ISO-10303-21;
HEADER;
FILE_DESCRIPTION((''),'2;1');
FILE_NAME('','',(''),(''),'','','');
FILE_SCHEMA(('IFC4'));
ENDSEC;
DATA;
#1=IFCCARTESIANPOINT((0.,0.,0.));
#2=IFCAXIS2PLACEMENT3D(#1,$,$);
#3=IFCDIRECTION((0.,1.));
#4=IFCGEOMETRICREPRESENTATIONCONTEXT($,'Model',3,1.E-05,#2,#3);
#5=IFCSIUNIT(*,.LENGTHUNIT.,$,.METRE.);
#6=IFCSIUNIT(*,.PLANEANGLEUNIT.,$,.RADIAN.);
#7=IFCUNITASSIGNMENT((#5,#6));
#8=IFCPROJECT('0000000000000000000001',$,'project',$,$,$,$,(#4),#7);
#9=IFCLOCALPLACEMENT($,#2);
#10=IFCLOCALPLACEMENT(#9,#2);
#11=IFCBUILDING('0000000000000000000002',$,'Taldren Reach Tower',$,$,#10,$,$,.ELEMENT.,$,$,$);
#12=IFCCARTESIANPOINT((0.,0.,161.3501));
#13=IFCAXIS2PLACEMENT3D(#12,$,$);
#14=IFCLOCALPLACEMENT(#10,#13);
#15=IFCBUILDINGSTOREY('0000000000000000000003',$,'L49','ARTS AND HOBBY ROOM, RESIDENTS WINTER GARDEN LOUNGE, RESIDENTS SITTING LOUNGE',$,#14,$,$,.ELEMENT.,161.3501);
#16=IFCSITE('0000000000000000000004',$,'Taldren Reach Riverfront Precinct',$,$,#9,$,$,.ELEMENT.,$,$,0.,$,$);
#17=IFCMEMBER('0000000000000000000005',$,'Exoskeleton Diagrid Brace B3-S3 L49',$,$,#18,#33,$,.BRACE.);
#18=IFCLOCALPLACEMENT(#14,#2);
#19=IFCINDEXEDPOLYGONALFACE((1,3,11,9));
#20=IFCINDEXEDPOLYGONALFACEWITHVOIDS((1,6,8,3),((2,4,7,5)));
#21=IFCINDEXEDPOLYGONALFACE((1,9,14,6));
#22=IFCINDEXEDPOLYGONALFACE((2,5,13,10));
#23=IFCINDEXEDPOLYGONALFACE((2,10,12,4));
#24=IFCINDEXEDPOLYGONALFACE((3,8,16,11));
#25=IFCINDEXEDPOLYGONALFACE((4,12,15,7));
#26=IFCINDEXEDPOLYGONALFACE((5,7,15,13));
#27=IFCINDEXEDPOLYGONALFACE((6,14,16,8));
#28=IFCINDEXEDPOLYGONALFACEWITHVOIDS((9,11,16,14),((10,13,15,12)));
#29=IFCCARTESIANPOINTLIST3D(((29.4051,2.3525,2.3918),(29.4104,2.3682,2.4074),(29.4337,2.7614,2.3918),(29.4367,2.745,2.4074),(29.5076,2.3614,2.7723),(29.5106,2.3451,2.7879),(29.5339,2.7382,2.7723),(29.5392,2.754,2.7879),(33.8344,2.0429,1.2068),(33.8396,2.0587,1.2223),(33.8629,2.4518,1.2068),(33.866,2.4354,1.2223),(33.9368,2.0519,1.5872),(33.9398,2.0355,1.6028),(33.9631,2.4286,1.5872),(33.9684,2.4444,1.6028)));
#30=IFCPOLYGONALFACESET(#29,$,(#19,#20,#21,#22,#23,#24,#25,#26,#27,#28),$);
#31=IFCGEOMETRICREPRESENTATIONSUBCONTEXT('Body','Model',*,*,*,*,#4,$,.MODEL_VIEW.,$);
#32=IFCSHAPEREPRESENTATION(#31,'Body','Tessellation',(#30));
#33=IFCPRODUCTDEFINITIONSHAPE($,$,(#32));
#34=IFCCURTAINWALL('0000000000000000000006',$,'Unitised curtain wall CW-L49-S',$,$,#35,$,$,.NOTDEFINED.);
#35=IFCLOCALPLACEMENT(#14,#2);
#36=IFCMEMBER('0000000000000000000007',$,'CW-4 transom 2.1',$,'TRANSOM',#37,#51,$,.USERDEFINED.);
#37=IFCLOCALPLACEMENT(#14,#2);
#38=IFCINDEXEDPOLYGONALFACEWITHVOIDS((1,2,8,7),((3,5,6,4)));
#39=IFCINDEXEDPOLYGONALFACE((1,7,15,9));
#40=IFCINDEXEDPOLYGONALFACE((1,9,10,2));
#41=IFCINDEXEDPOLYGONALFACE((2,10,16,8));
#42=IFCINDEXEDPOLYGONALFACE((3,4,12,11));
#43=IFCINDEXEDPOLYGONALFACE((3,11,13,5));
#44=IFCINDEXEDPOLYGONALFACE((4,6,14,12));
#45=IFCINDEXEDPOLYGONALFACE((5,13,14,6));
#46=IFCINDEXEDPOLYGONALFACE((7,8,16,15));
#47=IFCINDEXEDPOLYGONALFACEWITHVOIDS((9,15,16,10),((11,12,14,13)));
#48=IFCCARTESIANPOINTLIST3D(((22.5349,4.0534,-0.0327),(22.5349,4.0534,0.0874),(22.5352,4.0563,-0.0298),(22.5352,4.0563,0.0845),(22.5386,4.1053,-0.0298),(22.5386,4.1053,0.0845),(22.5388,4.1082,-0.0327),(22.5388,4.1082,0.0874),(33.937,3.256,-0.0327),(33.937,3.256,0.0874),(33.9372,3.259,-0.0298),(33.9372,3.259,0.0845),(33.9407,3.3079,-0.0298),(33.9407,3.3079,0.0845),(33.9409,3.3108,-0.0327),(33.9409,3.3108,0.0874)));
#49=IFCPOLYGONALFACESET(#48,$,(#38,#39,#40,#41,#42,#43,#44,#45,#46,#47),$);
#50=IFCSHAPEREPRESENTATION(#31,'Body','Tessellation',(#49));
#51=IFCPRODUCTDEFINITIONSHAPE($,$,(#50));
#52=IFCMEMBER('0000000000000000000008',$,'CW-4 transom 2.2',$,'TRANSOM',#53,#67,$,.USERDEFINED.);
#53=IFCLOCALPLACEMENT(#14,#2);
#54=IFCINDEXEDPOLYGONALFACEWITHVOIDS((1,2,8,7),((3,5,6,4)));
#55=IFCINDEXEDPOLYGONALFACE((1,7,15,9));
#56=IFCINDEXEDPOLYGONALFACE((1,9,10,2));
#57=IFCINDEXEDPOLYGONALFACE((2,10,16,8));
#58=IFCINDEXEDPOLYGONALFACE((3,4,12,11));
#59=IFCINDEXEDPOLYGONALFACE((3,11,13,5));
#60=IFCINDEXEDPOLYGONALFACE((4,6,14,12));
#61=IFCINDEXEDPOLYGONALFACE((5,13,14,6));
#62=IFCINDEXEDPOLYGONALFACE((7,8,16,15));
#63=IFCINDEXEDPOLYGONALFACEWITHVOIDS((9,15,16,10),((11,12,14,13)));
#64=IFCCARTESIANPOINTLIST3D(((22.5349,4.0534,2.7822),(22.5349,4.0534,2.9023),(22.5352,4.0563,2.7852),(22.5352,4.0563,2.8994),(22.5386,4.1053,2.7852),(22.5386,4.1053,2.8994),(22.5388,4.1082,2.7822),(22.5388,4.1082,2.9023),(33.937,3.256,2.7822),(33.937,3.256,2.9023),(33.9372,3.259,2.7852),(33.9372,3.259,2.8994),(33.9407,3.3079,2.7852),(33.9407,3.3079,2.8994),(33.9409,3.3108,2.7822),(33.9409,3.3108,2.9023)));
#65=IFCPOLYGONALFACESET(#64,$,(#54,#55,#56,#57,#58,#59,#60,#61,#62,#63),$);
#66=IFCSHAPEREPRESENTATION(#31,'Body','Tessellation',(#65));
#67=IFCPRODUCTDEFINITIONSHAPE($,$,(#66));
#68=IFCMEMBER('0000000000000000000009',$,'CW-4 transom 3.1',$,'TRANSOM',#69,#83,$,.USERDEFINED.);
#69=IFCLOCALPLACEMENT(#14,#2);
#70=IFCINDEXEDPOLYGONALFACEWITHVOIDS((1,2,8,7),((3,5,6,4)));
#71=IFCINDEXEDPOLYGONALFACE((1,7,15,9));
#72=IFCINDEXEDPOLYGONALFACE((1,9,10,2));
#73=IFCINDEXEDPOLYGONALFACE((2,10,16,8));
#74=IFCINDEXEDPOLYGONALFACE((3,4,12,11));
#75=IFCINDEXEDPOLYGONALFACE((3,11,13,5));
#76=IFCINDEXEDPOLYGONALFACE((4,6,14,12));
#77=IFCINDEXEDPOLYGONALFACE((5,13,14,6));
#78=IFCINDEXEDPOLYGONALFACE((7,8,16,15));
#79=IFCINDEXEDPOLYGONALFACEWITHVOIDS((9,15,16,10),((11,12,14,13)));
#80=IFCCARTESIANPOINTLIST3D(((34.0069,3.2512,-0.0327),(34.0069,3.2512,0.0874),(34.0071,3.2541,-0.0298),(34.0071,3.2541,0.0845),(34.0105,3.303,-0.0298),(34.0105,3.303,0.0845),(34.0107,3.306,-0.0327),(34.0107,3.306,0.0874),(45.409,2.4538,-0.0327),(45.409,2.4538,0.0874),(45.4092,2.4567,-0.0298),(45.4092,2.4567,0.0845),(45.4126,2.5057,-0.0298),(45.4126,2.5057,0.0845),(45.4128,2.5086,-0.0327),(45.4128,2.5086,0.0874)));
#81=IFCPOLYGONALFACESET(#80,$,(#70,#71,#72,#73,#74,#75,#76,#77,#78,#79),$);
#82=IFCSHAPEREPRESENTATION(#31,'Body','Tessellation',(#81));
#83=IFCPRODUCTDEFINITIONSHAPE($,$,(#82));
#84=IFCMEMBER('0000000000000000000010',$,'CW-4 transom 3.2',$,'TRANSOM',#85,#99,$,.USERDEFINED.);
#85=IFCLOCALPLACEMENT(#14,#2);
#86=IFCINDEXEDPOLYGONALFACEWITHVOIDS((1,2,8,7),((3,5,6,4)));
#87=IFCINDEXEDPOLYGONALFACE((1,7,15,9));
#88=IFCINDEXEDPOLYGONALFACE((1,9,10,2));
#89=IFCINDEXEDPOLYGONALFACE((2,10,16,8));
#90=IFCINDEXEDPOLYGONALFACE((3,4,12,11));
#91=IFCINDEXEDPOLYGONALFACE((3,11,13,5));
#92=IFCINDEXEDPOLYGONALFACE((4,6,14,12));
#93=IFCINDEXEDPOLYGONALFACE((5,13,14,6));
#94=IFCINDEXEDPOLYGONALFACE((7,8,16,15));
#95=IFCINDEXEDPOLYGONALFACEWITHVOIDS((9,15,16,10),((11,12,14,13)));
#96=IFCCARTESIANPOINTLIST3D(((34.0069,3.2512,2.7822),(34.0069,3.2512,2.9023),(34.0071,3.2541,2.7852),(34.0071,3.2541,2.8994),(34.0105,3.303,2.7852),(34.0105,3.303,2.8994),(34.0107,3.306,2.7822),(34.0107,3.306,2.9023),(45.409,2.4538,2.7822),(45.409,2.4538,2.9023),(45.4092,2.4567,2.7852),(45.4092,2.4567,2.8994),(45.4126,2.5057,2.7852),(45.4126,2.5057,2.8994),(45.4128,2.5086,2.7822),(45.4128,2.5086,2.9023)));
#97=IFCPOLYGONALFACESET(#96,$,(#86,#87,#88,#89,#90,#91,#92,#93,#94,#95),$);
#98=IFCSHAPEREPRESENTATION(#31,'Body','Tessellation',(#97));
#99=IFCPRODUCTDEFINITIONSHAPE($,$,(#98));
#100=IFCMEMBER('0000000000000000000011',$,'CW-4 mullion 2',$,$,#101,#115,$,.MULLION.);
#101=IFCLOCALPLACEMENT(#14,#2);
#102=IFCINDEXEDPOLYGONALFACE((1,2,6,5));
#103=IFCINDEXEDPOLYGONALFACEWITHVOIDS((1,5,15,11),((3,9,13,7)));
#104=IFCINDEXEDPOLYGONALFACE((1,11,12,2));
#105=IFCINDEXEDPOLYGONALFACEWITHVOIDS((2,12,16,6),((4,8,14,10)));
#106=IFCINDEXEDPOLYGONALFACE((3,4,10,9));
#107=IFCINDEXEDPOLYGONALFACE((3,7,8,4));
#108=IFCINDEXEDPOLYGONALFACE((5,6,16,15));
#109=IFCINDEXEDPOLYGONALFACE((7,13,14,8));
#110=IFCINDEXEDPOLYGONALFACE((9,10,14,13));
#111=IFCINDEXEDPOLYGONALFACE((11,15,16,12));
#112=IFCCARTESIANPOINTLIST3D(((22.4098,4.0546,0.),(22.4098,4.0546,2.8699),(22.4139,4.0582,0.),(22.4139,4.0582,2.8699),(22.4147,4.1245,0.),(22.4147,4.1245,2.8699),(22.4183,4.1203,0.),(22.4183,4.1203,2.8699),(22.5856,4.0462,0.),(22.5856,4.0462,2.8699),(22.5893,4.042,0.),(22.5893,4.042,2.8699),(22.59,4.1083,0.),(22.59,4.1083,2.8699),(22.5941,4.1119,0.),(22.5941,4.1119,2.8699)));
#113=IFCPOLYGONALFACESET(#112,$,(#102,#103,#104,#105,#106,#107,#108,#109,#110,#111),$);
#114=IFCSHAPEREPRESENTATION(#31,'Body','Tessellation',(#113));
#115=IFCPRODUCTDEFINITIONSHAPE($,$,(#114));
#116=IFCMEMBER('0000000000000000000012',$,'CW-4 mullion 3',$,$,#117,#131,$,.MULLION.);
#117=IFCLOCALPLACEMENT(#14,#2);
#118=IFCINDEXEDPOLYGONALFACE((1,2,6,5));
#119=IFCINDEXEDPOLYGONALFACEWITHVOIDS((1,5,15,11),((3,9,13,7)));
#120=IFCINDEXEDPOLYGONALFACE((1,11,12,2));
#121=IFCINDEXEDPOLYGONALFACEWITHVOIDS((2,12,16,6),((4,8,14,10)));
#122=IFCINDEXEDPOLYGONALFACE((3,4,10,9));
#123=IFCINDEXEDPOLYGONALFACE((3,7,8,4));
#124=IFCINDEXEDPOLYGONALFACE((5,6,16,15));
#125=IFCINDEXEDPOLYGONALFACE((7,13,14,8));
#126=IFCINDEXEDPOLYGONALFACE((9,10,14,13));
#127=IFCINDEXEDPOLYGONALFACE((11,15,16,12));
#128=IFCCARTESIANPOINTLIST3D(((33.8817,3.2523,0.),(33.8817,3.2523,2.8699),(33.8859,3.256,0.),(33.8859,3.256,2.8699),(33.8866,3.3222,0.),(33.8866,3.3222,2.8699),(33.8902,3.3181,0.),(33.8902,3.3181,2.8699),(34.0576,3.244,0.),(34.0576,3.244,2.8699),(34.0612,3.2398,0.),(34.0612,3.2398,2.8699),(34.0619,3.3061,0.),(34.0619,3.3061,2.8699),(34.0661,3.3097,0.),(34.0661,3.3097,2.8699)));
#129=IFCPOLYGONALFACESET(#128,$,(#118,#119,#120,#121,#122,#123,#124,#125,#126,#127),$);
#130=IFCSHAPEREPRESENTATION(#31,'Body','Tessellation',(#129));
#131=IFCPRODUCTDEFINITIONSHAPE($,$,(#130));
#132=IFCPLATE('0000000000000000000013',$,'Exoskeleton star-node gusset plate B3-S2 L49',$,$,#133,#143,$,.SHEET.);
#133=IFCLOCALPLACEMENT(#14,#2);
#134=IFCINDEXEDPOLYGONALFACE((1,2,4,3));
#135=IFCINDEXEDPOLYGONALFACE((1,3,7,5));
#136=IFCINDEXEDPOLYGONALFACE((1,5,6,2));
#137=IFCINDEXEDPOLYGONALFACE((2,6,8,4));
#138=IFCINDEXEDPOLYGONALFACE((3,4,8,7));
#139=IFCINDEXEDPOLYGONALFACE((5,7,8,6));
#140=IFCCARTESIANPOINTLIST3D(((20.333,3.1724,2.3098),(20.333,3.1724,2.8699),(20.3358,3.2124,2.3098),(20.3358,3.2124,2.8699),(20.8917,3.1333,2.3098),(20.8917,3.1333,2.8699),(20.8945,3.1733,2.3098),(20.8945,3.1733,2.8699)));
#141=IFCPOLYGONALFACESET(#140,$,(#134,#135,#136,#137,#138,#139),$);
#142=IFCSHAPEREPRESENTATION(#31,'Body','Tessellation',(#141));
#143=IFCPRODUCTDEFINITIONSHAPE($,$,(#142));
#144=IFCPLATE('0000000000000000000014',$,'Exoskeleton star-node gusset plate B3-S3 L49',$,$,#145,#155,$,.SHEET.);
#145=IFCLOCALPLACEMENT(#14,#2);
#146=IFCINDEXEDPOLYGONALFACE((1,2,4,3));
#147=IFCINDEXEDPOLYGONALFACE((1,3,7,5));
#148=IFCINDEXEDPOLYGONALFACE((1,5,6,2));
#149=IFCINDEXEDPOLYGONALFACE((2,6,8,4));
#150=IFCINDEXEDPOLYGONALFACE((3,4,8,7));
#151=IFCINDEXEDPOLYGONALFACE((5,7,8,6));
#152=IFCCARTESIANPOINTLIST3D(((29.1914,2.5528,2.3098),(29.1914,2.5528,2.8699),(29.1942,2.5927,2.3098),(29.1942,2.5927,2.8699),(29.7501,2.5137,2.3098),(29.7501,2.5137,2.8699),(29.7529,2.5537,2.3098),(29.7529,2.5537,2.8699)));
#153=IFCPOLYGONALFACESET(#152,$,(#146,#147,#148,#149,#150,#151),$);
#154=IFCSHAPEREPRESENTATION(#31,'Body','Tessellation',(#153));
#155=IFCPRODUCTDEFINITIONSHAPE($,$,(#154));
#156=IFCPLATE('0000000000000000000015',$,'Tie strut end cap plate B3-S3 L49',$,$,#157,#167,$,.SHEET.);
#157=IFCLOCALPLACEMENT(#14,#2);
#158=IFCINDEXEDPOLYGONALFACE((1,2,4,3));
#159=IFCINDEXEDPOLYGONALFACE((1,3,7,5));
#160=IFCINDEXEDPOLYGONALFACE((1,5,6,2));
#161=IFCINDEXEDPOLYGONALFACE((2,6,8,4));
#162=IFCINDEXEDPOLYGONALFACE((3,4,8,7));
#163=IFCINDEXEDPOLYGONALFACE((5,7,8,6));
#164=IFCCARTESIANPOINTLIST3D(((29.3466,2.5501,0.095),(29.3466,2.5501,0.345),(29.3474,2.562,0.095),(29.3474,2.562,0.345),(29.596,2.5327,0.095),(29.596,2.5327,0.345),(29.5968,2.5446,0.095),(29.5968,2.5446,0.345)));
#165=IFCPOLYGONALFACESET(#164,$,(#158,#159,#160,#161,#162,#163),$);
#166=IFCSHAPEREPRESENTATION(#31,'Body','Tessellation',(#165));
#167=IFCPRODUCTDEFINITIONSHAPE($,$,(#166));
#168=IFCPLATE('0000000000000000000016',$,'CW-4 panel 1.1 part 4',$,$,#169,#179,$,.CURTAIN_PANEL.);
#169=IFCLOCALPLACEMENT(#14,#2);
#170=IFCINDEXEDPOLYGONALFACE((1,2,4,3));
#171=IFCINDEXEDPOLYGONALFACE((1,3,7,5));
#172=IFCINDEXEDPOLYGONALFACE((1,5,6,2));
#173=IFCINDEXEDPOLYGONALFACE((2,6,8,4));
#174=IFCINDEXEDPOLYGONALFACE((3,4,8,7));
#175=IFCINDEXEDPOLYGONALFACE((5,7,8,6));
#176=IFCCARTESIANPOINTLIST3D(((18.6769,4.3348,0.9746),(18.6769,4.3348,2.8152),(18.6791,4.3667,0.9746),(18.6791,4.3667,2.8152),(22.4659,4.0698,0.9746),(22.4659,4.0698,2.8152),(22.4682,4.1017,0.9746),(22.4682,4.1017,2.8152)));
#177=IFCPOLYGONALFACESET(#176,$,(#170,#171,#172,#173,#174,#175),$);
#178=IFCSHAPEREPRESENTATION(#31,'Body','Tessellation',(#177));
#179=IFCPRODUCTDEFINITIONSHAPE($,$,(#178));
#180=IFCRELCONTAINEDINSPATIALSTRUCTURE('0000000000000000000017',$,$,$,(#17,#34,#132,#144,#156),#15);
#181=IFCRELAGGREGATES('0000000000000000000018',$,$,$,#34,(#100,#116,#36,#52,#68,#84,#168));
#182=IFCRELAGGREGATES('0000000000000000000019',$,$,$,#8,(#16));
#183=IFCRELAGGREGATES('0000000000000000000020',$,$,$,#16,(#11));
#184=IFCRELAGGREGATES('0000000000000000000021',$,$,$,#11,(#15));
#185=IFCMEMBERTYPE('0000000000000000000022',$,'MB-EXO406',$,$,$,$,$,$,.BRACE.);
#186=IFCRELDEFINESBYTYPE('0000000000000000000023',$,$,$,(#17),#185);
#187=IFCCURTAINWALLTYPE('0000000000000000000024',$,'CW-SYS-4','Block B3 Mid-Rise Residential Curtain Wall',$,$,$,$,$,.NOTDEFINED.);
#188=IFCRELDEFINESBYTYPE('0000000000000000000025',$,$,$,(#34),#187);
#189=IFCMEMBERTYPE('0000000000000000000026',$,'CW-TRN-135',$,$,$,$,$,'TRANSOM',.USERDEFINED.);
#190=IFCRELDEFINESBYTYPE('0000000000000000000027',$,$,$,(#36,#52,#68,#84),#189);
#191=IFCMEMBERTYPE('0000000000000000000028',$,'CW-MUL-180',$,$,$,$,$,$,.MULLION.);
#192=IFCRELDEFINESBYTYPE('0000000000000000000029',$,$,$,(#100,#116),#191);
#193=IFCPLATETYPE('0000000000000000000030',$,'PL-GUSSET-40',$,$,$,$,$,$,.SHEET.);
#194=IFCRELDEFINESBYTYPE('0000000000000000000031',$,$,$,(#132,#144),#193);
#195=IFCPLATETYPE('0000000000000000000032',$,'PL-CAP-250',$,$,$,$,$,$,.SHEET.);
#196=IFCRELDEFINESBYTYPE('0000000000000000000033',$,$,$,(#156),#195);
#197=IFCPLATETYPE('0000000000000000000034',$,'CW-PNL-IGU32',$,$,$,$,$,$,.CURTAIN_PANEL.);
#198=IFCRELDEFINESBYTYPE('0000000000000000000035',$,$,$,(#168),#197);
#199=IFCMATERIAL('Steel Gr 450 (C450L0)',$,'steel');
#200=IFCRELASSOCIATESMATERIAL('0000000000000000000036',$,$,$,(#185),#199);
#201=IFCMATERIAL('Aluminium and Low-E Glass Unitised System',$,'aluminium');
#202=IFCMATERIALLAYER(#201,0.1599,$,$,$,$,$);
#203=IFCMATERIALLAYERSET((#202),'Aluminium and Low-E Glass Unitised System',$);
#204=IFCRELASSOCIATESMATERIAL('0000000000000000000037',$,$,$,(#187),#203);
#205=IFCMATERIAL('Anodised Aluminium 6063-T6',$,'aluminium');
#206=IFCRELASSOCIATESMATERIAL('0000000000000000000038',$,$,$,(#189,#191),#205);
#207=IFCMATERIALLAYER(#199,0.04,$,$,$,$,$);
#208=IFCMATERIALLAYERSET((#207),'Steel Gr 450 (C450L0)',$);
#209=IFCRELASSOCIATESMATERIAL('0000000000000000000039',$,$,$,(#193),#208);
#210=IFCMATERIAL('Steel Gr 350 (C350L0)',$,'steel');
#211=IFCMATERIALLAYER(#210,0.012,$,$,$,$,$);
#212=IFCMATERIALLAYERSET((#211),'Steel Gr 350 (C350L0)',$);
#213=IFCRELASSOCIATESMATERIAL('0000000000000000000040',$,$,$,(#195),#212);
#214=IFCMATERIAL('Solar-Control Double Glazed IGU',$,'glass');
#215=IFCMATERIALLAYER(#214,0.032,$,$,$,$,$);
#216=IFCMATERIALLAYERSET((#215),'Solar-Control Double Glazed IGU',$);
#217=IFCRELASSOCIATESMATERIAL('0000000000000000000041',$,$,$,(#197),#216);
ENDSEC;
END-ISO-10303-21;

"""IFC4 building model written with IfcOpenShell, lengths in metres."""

from ifc_helpers import new_model, si_unit, direction, frame, origin, origin_2d, place, context, subcontext, project, spatial, rectangle, hollow_rectangle, extrude, source, transform, mapped, material, layer, layer_set, material_profile, profile_set, type_object, element, aggregate, save


model = new_model("IFC4")

# Units and contexts
model_context = context("Model", 3, precision=1e-05, world=origin(), true_north=direction((0.0, 1.0)))
body_context = subcontext(model_context, "Body", "Model", "MODEL_VIEW")
ifc_project = project(units=[si_unit("LENGTHUNIT", "METRE"), si_unit("PLANEANGLEUNIT", "RADIAN")], contexts=[model_context])

# Site, building, storey
site_placement = place(None, origin())
site = spatial("IfcSite", under=ifc_project, at=site_placement, Name="Taldren Reach Riverfront Precinct", CompositionType="ELEMENT", RefElevation=0.0)
building_placement = place(site_placement, origin())
building = spatial("IfcBuilding", under=site, at=building_placement, Name="Taldren Reach Tower", CompositionType="ELEMENT")
storey_placement = place(building_placement, frame((0.0, 0.0, 161.3501)))
storey = spatial("IfcBuildingStorey", under=building, at=storey_placement, Name="L49", Description="ARTS AND HOBBY ROOM, RESIDENTS WINTER GARDEN LOUNGE, RESIDENTS SITTING LOUNGE", CompositionType="ELEMENT", Elevation=161.3501)

# Shared definitions
ifc_material_1 = material(Name="Steel Gr 450 (C450L0)", Category="steel")
ifc_material_2 = material(Name="Steel Gr 350 (C350L0)", Category="steel")

# Member
ifc_material_profile_1 = material_profile(ifc_material_1, hollow_rectangle(XDim=0.4099, YDim=0.4099, WallThickness=0.0161, at=origin_2d()), Name="410x410x16.0SHS")
ifc_profile_set_1 = profile_set([ifc_material_profile_1], Name="Steel Gr 450 (C450L0)")
member_type_1 = type_object("IfcMemberType", Name="MB-EXO406", PredefinedType="BRACE", material=ifc_profile_set_1)
shared_shape_1 = source(origin(), body_context, "Body", "SweptSolid", [
    extrude(hollow_rectangle(XDim=0.4099, YDim=0.4099, WallThickness=0.0161, at=origin_2d()), origin(), (0.0, 0.0, 1.0), 4.5955),
])
for number, where, z_axis, x_axis, name in (
    (1, (33.9014, 2.2437, 1.4048), (-0.963826, 0.067365, 0.257877), (-0.069723, -0.997566, 0.0), "Exoskeleton Diagrid Brace B3-S3 L49"),
):
    element("IfcMember", number, at=place(storey_placement, frame(where, z_axis=z_axis, x_axis=x_axis)), inside=storey, type_object=member_type_1, Name=name, PredefinedType="BRACE", context=body_context, shape_type="MappedRepresentation", body=[
        mapped(shared_shape_1, transform((0.0, 0.0, 0.0), scale=1.0)),
    ])

# Curtain wall, members
ifc_material_3 = material(Name="Aluminium and Low-E Glass Unitised System", Category="aluminium")
ifc_layer_1 = layer(ifc_material_3, 0.1599)
ifc_layer_set_1 = layer_set([ifc_layer_1], Name="Aluminium and Low-E Glass Unitised System")
curtain_wall_type = type_object("IfcCurtainWallType", Name="CW-SYS-4", Description="Block B3 Mid-Rise Residential Curtain Wall", PredefinedType="NOTDEFINED", material=ifc_layer_set_1)
curtain_wall_placement = place(storey_placement, origin())
curtain_wall = element("IfcCurtainWall", 2, at=curtain_wall_placement, inside=storey, type_object=curtain_wall_type, Name="Unitised curtain wall CW-L49-S", PredefinedType="NOTDEFINED")
ifc_material_4 = material(Name="Anodised Aluminium 6063-T6", Category="aluminium")
ifc_material_profile_2 = material_profile(ifc_material_4, hollow_rectangle(XDim=0.0549, YDim=0.1201, WallThickness=0.0029, at=origin_2d()), Name="ALU-120x55x3RHS")
ifc_profile_set_2 = profile_set([ifc_material_profile_2], Name="Anodised Aluminium 6063-T6")
member_type_2 = type_object("IfcMemberType", Name="CW-TRN-135", ElementType="TRANSOM", PredefinedType="USERDEFINED", material=ifc_profile_set_2)
shared_shape_2 = source(origin(), body_context, "Body", "SweptSolid", [
    extrude(hollow_rectangle(XDim=0.0549, YDim=0.1201, WallThickness=0.0029, at=origin_2d()), origin(), (0.0, 0.0, 1.0), 11.4299),
])
member_1_placement = place(storey_placement, frame((22.5369, 4.0808, 0.0273), z_axis=(0.997564, -0.069761, 0.0), x_axis=(0.069761, 0.997564, 0.0)))
member_1 = element("IfcMember", 3, at=member_1_placement, type_object=member_type_2, Name="CW-4 transom 2.1", ObjectType="TRANSOM", PredefinedType="USERDEFINED", context=body_context, shape_type="MappedRepresentation", body=[
    mapped(shared_shape_2, transform((0.0, 0.0, 0.0), scale=1.0)),
])
member_2_placement = place(storey_placement, frame((22.5369, 4.0808, 2.8423), z_axis=(0.997564, -0.069761, 0.0), x_axis=(0.069761, 0.997564, 0.0)))
member_2 = element("IfcMember", 4, at=member_2_placement, type_object=member_type_2, Name="CW-4 transom 2.2", ObjectType="TRANSOM", PredefinedType="USERDEFINED", context=body_context, shape_type="MappedRepresentation", body=[
    mapped(shared_shape_2, transform((0.0, 0.0, 0.0), scale=1.0)),
])
member_3_placement = place(storey_placement, frame((34.0088, 3.2786, 0.0273), z_axis=(0.997564, -0.069761, 0.0), x_axis=(0.069761, 0.997564, 0.0)))
member_3 = element("IfcMember", 5, at=member_3_placement, type_object=member_type_2, Name="CW-4 transom 3.1", ObjectType="TRANSOM", PredefinedType="USERDEFINED", context=body_context, shape_type="MappedRepresentation", body=[
    mapped(shared_shape_2, transform((0.0, 0.0, 0.0), scale=1.0)),
])
member_4_placement = place(storey_placement, frame((34.0088, 3.2786, 2.8423), z_axis=(0.997564, -0.069761, 0.0), x_axis=(0.069761, 0.997564, 0.0)))
member_4 = element("IfcMember", 6, at=member_4_placement, type_object=member_type_2, Name="CW-4 transom 3.2", ObjectType="TRANSOM", PredefinedType="USERDEFINED", context=body_context, shape_type="MappedRepresentation", body=[
    mapped(shared_shape_2, transform((0.0, 0.0, 0.0), scale=1.0)),
])
ifc_material_profile_3 = material_profile(ifc_material_4, hollow_rectangle(XDim=0.0701, YDim=0.1799, WallThickness=0.0039, at=origin_2d()), Name="ALU-180x70x4RHS")
ifc_profile_set_3 = profile_set([ifc_material_profile_3], Name="Anodised Aluminium 6063-T6")
member_type_3 = type_object("IfcMemberType", Name="CW-MUL-180", PredefinedType="MULLION", material=ifc_profile_set_3)
shared_shape_3 = source(origin(), body_context, "Body", "SweptSolid", [
    extrude(hollow_rectangle(XDim=0.0701, YDim=0.1799, WallThickness=0.0039, at=origin_2d()), origin(), (0.0, 0.0, 1.0), 2.8699),
])
member_5_placement = place(storey_placement, frame((22.502, 4.0833, 0.0), z_axis=(0.0, 0.0, 1.0), x_axis=(0.069757, 0.997564, 0.0)))
member_5 = element("IfcMember", 7, at=member_5_placement, type_object=member_type_3, Name="CW-4 mullion 2", PredefinedType="MULLION", context=body_context, shape_type="MappedRepresentation", body=[
    mapped(shared_shape_3, transform((0.0, 0.0, 0.0), scale=1.0)),
])
member_6_placement = place(storey_placement, frame((33.9739, 3.281, 0.0), z_axis=(0.0, 0.0, 1.0), x_axis=(0.069757, 0.997564, 0.0)))
member_6 = element("IfcMember", 8, at=member_6_placement, type_object=member_type_3, Name="CW-4 mullion 3", PredefinedType="MULLION", context=body_context, shape_type="MappedRepresentation", body=[
    mapped(shared_shape_3, transform((0.0, 0.0, 0.0), scale=1.0)),
])

# Plates
ifc_layer_2 = layer(ifc_material_1, 0.04)
ifc_layer_set_2 = layer_set([ifc_layer_2], Name="Steel Gr 450 (C450L0)")
plate_type_1 = type_object("IfcPlateType", Name="PL-GUSSET-40", PredefinedType="SHEET", material=ifc_layer_set_2)
shared_shape_4 = source(origin(), body_context, "Body", "SweptSolid", [
    extrude(rectangle(XDim=0.5601, YDim=0.04, at=origin_2d()), origin(), (0.0, 0.0, 1.0), 0.5601),
])
for number, where, z_axis, x_axis, name in (
    (9, (20.6138, 3.1729, 2.3098), (0.0, 0.0, 1.0), (0.997564, -0.069756, 0.0), "Exoskeleton star-node gusset plate B3-S2 L49"),
    (10, (29.4722, 2.5532, 2.3098), (0.0, 0.0, 1.0), (0.997564, -0.069756, 0.0), "Exoskeleton star-node gusset plate B3-S3 L49"),
):
    element("IfcPlate", number, at=place(storey_placement, frame(where, z_axis=z_axis, x_axis=x_axis)), inside=storey, type_object=plate_type_1, Name=name, PredefinedType="SHEET", context=body_context, shape_type="MappedRepresentation", body=[
        mapped(shared_shape_4, transform((0.0, 0.0, 0.0), scale=1.0)),
    ])
ifc_layer_3 = layer(ifc_material_2, 0.012)
ifc_layer_set_3 = layer_set([ifc_layer_3], Name="Steel Gr 350 (C350L0)")
plate_type_2 = type_object("IfcPlateType", Name="PL-CAP-250", PredefinedType="SHEET", material=ifc_layer_set_3)
shared_shape_5 = source(origin(), body_context, "Body", "SweptSolid", [
    extrude(rectangle(XDim=0.25, YDim=0.012, at=origin_2d()), origin(), (0.0, 0.0, 1.0), 0.25),
])
plate_1_placement = place(storey_placement, frame((29.4717, 2.5474, 0.095), z_axis=(0.0, 0.0, 1.0), x_axis=(0.997564, -0.069756, 0.0)))
element("IfcPlate", 11, at=plate_1_placement, inside=storey, type_object=plate_type_2, Name="Tie strut end cap plate B3-S3 L49", PredefinedType="SHEET", context=body_context, shape_type="MappedRepresentation", body=[
    mapped(shared_shape_5, transform((0.0, 0.0, 0.0), scale=1.0)),
])

# Plate
ifc_material_5 = material(Name="Solar-Control Double Glazed IGU", Category="glass")
ifc_layer_4 = layer(ifc_material_5, 0.032)
ifc_layer_set_4 = layer_set([ifc_layer_4], Name="Solar-Control Double Glazed IGU")
plate_type_3 = type_object("IfcPlateType", Name="CW-PNL-IGU32", PredefinedType="CURTAIN_PANEL", material=ifc_layer_set_4)
shared_shape_6 = source(origin(), body_context, "Body", "SweptSolid", [
    extrude(rectangle(XDim=3.7983, YDim=0.032, at=origin_2d()), origin(), (0.0, 0.0, 1.0), 1.8406),
])
plate_2_placement = place(storey_placement, frame((20.5725, 4.2183, 0.9746), z_axis=(0.0, 0.0, 1.0), x_axis=(0.997564, -0.069757, 0.0)))
plate_2 = element("IfcPlate", 12, at=plate_2_placement, type_object=plate_type_3, Name="CW-4 panel 1.1 part 4", PredefinedType="CURTAIN_PANEL", context=body_context, shape_type="MappedRepresentation", body=[
    mapped(shared_shape_6, transform((0.0, 0.0, 0.0), scale=1.0)),
])
aggregate(curtain_wall, [member_5, member_6, member_1, member_2, member_3, member_4, plate_2])

save(model, "model.ifc")
